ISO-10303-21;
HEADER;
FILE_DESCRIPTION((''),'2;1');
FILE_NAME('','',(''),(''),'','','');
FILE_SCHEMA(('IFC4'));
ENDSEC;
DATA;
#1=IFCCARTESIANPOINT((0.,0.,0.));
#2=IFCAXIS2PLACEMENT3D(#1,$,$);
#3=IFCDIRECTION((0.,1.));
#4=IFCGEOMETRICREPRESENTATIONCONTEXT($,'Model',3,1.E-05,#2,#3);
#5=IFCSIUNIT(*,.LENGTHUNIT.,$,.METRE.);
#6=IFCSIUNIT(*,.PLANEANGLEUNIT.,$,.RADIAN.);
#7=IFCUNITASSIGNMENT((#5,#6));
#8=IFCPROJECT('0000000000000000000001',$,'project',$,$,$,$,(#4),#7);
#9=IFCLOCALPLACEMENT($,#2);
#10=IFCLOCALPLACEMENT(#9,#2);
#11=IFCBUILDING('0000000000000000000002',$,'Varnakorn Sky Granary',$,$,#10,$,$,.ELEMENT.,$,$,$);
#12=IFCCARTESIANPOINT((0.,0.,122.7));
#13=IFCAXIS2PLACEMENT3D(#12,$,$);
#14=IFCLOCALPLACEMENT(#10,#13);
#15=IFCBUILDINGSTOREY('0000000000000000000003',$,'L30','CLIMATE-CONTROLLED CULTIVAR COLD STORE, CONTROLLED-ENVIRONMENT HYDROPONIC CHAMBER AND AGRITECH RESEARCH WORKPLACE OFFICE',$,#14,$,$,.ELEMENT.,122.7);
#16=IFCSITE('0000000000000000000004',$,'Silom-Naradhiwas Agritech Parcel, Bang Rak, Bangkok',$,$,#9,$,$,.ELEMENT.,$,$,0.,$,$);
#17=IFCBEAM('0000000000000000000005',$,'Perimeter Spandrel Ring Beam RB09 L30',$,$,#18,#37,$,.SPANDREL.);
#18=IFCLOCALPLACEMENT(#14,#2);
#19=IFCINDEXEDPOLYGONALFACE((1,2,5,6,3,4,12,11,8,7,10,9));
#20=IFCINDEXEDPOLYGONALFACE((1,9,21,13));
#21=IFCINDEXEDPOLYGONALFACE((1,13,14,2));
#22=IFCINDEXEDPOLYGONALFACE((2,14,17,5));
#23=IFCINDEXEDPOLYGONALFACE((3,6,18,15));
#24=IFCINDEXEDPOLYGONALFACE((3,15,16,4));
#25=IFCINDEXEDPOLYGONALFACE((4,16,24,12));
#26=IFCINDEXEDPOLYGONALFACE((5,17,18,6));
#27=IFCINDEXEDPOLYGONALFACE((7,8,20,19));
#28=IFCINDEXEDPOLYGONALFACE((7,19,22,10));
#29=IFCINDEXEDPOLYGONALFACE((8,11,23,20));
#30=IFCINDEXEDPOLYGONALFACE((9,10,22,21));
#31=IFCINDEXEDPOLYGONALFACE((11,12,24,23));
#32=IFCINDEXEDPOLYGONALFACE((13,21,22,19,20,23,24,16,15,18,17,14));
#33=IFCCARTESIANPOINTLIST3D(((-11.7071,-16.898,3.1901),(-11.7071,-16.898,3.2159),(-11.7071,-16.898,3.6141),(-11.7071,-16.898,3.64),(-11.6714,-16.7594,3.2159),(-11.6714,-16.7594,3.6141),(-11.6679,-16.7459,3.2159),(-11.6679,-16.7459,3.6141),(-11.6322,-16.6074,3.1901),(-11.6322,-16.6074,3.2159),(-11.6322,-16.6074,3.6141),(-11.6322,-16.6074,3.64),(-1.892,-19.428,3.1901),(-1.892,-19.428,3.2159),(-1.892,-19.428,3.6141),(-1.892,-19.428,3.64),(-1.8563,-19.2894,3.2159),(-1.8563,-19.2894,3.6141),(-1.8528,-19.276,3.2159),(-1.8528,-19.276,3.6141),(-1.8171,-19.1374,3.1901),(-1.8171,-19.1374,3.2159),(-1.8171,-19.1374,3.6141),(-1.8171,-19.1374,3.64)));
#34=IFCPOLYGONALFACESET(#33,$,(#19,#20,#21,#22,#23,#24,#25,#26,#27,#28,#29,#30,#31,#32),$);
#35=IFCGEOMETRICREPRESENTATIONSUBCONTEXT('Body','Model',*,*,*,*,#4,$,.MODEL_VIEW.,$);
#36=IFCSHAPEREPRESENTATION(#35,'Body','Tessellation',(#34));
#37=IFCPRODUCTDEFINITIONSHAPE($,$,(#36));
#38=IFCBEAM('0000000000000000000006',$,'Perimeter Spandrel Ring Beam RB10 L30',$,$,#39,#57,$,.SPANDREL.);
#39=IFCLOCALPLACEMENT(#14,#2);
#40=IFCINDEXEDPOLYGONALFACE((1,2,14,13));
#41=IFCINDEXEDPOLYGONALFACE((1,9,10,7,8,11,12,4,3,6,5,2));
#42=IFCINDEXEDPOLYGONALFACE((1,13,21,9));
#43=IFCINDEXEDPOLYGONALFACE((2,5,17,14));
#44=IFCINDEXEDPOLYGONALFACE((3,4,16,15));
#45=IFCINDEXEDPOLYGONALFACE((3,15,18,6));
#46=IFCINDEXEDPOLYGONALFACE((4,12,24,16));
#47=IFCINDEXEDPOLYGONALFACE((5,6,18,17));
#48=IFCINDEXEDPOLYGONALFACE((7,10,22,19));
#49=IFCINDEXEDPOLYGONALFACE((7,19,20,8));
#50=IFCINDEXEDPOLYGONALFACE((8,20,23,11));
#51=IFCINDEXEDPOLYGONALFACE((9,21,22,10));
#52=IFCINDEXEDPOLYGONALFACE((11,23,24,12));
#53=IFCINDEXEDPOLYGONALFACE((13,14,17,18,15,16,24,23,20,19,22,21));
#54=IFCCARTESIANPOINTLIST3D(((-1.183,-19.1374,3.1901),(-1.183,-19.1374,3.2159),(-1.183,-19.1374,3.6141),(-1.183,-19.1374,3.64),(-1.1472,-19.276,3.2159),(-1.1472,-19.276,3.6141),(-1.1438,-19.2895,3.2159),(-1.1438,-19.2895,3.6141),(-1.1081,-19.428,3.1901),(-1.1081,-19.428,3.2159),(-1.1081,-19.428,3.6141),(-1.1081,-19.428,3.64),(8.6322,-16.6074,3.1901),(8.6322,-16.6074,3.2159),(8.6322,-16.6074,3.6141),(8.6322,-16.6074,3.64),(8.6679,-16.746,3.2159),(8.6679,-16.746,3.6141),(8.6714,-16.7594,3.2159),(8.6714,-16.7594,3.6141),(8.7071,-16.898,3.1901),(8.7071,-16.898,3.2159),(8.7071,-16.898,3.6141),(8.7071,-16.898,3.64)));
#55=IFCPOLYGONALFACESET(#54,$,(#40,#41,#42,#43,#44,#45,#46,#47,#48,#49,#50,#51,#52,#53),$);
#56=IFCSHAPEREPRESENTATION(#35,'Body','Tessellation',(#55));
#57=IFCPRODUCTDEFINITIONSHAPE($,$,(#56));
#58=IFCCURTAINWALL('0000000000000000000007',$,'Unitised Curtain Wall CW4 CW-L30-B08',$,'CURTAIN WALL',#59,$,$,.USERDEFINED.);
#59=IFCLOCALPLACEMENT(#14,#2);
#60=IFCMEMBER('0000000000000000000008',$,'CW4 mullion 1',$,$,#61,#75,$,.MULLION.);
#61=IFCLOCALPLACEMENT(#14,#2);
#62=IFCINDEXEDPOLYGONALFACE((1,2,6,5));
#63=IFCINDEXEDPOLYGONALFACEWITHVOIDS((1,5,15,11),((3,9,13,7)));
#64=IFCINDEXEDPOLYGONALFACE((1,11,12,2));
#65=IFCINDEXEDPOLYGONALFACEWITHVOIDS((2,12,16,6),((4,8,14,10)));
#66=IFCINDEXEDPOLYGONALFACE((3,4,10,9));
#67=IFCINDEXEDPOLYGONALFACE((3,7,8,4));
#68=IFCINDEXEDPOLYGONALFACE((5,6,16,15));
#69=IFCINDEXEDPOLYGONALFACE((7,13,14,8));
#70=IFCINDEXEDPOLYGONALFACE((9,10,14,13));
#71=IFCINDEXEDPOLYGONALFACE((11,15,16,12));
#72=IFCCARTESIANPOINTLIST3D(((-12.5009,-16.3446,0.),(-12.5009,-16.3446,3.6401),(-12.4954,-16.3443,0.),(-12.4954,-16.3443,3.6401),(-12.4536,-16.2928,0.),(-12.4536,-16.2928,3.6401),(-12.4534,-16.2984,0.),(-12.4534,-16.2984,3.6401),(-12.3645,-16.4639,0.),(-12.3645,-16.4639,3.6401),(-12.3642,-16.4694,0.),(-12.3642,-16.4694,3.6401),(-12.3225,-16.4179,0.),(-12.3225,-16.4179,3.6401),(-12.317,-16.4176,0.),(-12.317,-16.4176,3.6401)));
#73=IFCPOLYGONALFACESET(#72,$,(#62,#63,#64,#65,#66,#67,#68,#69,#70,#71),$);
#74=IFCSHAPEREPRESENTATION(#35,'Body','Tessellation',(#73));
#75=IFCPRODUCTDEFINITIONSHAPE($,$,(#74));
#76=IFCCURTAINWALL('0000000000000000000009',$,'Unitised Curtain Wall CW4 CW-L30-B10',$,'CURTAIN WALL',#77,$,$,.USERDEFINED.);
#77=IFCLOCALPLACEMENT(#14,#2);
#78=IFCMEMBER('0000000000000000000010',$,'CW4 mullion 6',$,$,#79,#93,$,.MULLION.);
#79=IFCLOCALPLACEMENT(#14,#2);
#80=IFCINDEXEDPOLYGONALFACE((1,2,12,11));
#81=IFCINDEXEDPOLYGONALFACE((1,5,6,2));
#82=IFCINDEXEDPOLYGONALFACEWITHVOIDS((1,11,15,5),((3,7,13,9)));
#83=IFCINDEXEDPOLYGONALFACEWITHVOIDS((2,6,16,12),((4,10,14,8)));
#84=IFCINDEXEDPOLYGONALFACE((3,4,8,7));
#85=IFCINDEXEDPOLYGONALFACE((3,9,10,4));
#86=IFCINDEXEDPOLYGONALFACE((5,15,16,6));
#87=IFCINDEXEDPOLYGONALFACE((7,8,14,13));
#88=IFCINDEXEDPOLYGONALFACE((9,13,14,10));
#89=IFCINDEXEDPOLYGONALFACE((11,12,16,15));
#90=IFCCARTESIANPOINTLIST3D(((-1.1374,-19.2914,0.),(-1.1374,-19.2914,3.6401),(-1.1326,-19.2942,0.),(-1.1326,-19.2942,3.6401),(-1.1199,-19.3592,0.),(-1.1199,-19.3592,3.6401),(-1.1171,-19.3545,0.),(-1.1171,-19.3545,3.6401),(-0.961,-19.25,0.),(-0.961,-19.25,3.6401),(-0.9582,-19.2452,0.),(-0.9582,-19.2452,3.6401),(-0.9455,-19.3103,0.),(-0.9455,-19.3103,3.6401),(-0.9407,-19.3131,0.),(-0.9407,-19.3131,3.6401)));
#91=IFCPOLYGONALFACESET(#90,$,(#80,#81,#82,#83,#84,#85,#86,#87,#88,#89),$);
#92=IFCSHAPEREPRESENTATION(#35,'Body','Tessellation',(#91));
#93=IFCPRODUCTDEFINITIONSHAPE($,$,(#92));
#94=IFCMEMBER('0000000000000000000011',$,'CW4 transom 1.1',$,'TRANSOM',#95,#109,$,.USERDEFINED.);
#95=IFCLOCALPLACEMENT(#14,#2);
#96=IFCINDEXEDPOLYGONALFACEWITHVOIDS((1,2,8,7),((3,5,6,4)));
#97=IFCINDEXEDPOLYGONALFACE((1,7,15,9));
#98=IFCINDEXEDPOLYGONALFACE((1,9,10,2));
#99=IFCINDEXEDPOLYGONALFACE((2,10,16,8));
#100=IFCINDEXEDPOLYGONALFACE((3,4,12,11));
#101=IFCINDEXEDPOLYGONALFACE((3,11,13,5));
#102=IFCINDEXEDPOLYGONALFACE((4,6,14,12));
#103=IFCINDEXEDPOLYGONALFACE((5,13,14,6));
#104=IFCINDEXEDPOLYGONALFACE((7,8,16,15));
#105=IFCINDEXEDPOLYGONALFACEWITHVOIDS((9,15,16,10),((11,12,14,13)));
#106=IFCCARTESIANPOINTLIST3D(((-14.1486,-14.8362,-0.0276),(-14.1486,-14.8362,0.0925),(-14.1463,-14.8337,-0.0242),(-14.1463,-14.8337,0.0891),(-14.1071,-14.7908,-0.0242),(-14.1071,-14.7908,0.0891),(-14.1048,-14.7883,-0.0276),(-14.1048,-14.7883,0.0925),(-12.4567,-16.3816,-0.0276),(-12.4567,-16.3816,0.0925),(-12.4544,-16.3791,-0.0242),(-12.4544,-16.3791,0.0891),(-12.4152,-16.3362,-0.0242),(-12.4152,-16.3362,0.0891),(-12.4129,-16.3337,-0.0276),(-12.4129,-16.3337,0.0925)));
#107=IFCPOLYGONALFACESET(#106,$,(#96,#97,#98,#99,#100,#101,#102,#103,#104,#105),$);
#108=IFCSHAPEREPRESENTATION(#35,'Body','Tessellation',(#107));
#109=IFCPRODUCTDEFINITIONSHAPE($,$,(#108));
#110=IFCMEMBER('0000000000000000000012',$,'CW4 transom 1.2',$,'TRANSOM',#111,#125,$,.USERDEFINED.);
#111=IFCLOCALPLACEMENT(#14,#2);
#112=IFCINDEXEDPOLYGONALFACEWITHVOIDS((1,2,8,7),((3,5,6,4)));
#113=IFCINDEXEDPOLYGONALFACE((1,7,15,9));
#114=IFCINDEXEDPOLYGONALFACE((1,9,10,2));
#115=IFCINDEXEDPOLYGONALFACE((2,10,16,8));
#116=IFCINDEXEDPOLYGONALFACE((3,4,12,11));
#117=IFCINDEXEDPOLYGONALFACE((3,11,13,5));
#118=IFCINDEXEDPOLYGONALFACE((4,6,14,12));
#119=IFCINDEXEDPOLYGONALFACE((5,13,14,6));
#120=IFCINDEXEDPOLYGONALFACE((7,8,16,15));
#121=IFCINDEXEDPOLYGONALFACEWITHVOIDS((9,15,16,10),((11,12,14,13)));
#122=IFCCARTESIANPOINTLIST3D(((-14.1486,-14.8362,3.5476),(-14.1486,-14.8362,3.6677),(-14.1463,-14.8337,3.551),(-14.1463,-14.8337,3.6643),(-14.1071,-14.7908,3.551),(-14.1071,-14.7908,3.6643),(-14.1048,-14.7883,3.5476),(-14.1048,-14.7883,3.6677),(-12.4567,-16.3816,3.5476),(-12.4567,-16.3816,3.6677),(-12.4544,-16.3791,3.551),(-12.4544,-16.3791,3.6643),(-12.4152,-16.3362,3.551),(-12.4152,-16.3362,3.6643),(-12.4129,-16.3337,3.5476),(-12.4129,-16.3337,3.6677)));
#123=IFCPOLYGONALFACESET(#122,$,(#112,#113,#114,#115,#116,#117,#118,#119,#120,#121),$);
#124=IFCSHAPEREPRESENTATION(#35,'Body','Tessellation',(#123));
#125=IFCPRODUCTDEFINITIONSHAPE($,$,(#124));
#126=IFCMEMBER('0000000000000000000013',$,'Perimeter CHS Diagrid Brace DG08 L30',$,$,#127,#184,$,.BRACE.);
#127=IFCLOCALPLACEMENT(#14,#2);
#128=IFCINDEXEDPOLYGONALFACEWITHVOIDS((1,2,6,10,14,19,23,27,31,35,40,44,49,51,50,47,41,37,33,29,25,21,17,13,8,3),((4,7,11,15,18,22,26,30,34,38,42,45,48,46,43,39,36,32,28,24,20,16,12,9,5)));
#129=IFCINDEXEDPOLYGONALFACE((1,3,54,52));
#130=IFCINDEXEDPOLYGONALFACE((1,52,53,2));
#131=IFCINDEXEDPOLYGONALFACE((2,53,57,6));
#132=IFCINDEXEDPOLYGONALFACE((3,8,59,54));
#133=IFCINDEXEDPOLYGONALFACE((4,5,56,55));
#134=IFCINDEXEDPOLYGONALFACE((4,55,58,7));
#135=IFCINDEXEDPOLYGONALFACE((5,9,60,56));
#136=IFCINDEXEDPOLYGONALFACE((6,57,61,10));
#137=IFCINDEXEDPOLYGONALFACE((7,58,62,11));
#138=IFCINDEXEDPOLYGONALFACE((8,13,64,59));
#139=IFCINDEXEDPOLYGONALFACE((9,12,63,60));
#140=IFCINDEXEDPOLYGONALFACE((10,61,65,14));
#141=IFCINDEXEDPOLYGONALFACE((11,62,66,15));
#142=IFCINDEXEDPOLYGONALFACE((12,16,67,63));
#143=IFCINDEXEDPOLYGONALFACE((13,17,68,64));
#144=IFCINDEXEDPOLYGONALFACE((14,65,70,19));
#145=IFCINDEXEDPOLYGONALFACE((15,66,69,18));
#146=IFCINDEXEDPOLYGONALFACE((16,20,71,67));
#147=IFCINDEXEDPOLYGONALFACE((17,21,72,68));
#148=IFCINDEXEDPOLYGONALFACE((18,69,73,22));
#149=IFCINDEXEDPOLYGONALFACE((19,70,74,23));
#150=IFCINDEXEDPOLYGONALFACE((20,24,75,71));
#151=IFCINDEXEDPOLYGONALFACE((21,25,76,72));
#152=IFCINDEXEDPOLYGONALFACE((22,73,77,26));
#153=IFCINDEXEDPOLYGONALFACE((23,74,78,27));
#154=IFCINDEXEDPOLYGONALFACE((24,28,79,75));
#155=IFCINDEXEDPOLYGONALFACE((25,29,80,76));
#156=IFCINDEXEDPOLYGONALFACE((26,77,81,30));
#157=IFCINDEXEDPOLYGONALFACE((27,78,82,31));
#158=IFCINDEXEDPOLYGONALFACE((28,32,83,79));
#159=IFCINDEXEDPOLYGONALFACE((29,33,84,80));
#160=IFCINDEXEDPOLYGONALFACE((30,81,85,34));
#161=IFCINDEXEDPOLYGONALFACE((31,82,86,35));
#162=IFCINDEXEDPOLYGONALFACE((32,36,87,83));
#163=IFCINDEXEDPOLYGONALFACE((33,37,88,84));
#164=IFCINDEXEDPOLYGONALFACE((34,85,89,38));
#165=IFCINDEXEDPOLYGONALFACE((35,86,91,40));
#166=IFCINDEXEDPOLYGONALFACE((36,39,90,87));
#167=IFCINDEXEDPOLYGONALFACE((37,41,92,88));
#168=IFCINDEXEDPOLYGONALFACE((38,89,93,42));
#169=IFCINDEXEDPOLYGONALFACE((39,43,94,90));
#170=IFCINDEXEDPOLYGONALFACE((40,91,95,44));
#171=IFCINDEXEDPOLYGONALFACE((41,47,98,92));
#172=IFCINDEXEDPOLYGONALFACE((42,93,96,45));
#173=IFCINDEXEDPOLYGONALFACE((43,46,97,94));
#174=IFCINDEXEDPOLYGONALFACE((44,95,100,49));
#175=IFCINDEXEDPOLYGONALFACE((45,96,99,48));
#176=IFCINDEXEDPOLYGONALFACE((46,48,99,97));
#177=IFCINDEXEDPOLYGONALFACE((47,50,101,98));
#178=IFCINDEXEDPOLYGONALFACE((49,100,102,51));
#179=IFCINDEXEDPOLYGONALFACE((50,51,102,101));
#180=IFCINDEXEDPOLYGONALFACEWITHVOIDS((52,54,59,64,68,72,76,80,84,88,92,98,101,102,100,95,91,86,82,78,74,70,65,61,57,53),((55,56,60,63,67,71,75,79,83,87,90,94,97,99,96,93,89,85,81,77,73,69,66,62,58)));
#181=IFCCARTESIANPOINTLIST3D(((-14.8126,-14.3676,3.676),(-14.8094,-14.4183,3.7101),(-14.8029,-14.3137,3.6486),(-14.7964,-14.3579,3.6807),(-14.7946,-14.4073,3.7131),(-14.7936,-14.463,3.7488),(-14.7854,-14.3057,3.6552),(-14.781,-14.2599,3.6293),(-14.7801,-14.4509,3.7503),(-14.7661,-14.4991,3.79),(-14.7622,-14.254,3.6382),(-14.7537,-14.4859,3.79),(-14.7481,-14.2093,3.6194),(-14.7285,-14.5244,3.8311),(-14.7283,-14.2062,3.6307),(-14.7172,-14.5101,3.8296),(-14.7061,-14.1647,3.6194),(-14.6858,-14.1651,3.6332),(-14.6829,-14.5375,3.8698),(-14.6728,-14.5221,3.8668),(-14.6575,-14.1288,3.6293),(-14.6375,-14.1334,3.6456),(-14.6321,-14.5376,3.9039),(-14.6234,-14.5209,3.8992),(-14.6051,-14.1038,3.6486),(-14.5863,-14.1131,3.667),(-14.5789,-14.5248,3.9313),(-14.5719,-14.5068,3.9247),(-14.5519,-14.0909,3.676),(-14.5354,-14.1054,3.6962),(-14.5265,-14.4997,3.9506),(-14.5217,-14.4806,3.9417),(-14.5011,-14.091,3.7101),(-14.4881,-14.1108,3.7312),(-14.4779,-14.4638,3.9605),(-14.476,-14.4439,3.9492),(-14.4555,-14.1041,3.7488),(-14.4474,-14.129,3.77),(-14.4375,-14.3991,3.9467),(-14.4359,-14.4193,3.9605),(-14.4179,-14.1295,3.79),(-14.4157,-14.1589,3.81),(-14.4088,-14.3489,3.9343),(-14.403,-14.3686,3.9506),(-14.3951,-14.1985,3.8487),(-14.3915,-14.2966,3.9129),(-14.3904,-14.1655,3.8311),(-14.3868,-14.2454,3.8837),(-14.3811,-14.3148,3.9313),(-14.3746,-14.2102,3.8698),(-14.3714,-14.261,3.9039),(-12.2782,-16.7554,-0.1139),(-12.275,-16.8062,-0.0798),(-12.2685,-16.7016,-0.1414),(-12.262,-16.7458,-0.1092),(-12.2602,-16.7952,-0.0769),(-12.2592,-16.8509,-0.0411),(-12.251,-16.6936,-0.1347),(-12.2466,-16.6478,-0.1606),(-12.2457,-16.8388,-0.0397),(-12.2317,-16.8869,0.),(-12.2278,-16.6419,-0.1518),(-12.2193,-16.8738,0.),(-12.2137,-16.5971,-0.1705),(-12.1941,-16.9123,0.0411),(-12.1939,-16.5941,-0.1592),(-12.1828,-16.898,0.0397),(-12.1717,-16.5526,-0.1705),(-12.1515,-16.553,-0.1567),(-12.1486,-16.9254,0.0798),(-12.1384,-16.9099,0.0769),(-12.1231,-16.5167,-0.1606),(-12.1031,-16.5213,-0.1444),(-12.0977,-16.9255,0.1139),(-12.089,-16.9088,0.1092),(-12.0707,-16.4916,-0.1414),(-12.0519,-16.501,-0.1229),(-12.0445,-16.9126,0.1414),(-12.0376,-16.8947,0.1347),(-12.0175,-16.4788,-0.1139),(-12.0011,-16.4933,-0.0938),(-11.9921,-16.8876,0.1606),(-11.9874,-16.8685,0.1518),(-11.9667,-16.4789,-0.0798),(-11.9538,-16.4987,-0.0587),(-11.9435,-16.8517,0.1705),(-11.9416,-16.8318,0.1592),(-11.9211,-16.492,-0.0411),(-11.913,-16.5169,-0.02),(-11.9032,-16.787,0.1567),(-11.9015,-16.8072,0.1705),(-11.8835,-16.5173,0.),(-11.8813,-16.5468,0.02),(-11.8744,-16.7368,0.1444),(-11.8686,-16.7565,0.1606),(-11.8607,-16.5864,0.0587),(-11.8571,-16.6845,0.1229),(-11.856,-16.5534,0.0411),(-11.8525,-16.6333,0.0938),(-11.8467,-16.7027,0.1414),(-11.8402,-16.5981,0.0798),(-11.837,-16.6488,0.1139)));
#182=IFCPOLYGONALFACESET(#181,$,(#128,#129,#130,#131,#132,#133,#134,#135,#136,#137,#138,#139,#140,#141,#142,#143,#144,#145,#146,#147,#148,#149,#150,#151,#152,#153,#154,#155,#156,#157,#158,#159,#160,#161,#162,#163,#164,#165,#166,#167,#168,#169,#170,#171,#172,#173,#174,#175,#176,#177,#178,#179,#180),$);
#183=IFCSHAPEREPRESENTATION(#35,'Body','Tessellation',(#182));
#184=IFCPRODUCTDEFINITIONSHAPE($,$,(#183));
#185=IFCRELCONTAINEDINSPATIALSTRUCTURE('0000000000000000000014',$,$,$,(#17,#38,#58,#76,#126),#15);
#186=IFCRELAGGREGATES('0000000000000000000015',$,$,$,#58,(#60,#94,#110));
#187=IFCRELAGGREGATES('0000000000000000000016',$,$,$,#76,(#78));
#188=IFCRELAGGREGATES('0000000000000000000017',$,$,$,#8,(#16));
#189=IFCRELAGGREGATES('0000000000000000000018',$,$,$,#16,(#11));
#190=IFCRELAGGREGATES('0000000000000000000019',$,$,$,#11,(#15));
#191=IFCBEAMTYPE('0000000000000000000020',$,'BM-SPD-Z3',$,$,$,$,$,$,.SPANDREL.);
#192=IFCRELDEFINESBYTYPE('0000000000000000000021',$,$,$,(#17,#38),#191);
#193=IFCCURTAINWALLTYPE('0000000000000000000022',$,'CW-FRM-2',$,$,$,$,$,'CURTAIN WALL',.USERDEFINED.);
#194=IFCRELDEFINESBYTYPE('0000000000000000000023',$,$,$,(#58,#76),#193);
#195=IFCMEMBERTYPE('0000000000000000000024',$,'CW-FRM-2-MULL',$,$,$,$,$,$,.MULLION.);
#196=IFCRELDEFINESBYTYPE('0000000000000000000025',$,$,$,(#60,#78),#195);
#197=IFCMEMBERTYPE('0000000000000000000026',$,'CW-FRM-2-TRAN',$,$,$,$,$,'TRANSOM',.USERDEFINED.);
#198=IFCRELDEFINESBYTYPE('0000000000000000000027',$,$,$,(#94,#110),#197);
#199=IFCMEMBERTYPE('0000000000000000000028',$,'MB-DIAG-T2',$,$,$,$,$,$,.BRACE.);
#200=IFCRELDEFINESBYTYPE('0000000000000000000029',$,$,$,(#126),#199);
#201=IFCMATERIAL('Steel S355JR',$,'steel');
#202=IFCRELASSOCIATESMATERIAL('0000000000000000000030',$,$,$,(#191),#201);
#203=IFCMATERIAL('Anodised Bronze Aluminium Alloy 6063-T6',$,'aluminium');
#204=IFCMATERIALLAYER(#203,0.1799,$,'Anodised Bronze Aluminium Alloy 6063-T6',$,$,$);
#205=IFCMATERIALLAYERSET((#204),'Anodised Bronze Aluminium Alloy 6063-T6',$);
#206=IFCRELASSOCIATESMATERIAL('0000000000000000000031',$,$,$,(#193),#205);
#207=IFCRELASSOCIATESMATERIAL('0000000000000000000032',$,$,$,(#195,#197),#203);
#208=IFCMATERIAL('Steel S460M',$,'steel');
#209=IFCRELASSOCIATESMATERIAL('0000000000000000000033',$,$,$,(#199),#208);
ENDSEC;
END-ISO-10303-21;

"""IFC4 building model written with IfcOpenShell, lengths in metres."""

from ifc_helpers import new_model, si_unit, direction, frame, origin, origin_2d, place, context, subcontext, project, spatial, hollow_rectangle, hollow_circle, i_section, extrude, material, layer, layer_set, material_profile, profile_set, type_object, element, aggregate, save


model = new_model("IFC4")

# Units and contexts
model_context = context("Model", 3, precision=1e-05, world=origin(), true_north=direction((0.0, 1.0)))
body_context = subcontext(model_context, "Body", "Model", "MODEL_VIEW")
ifc_project = project(units=[si_unit("LENGTHUNIT", "METRE"), si_unit("PLANEANGLEUNIT", "RADIAN")], contexts=[model_context])

# Site, building, storey
site_placement = place(None, origin())
site = spatial("IfcSite", under=ifc_project, at=site_placement, Name="Silom-Naradhiwas Agritech Parcel, Bang Rak, Bangkok", CompositionType="ELEMENT", RefElevation=0.0)
building_placement = place(site_placement, origin())
building = spatial("IfcBuilding", under=site, at=building_placement, Name="Varnakorn Sky Granary", CompositionType="ELEMENT")
storey_placement = place(building_placement, frame((0.0, 0.0, 122.7)))
storey = spatial("IfcBuildingStorey", under=building, at=storey_placement, Name="L30", Description="CLIMATE-CONTROLLED CULTIVAR COLD STORE, CONTROLLED-ENVIRONMENT HYDROPONIC CHAMBER AND AGRITECH RESEARCH WORKPLACE OFFICE", CompositionType="ELEMENT", Elevation=122.7)

# Shared definitions
ifc_material_1 = material(Name="Steel S460M", Category="steel")

# Beams
ifc_material_2 = material(Name="Steel S355JR", Category="steel")
ifc_material_profile_1 = material_profile(ifc_material_2, i_section(OverallWidth=0.3, OverallDepth=0.45, WebThickness=0.0139, FlangeThickness=0.0259, at=origin_2d()), Name="HE 450 B")
ifc_profile_set_1 = profile_set([ifc_material_profile_1], Name="Steel S355JR")
beam_type_1 = type_object("IfcBeamType", Name="BM-SPD-Z3", PredefinedType="SPANDREL", material=ifc_profile_set_1)
for number, where, z_axis, x_axis, name in (
    (1, (-11.6697, -16.7527, 3.415), (0.968347, -0.249608, 0.0), (0.249608, 0.968347, 0.0), "Perimeter Spandrel Ring Beam RB09 L30"),
    (2, (-1.1455, -19.2827, 3.415), (0.968347, 0.249608, 0.0), (-0.249608, 0.968347, 0.0), "Perimeter Spandrel Ring Beam RB10 L30"),
):
    element("IfcBeam", number, at=place(storey_placement, frame(where, z_axis=z_axis, x_axis=x_axis)), inside=storey, type_object=beam_type_1, Name=name, PredefinedType="SPANDREL", context=body_context, shape_type="SweptSolid", body=[
        extrude(i_section(OverallWidth=0.3, OverallDepth=0.45, WebThickness=0.0139, FlangeThickness=0.0259, at=origin_2d()), origin(), (0.0, 0.0, 1.0), 10.136),
    ])

# Curtain walls, members
ifc_material_3 = material(Name="Anodised Bronze Aluminium Alloy 6063-T6", Category="aluminium")
ifc_layer_1 = layer(ifc_material_3, 0.1799, Name="Anodised Bronze Aluminium Alloy 6063-T6")
ifc_layer_set_1 = layer_set([ifc_layer_1], Name="Anodised Bronze Aluminium Alloy 6063-T6")
curtain_wall_type = type_object("IfcCurtainWallType", Name="CW-FRM-2", ElementType="CURTAIN WALL", PredefinedType="USERDEFINED", material=ifc_layer_set_1)
curtain_wall_1_placement = place(storey_placement, origin())
curtain_wall_1 = element("IfcCurtainWall", 3, at=curtain_wall_1_placement, inside=storey, type_object=curtain_wall_type, Name="Unitised Curtain Wall CW4 CW-L30-B08", ObjectType="CURTAIN WALL", PredefinedType="USERDEFINED")
ifc_material_profile_2 = material_profile(ifc_material_3, hollow_rectangle(XDim=0.0701, YDim=0.1851, WallThickness=0.0039, at=origin_2d()), Name="ALU MULL 70x185")
ifc_profile_set_2 = profile_set([ifc_material_profile_2], Name="Anodised Bronze Aluminium Alloy 6063-T6")
member_type_1 = type_object("IfcMemberType", Name="CW-FRM-2-MULL", PredefinedType="MULLION", material=ifc_profile_set_2)
member_1_placement = place(storey_placement, frame((-12.4089, -16.3811, 0.0), z_axis=(0.0, 0.0, 1.0), x_axis=(-0.674407, -0.738359, 0.0)))
member_1 = element("IfcMember", 4, at=member_1_placement, type_object=member_type_1, Name="CW4 mullion 1", PredefinedType="MULLION", context=body_context, shape_type="SweptSolid", body=[
    extrude(hollow_rectangle(XDim=0.0701, YDim=0.1851, WallThickness=0.0039, at=origin_2d()), origin(), (0.0, 0.0, 1.0), 3.6401),
])
curtain_wall_2_placement = place(storey_placement, origin())
curtain_wall_2 = element("IfcCurtainWall", 5, at=curtain_wall_2_placement, inside=storey, type_object=curtain_wall_type, Name="Unitised Curtain Wall CW4 CW-L30-B10", ObjectType="CURTAIN WALL", PredefinedType="USERDEFINED")
member_2_placement = place(storey_placement, frame((-1.0391, -19.3022, 0.0), z_axis=(0.0, 0.0, 1.0), x_axis=(0.249384, -0.968405, 0.0)))
member_2 = element("IfcMember", 6, at=member_2_placement, type_object=member_type_1, Name="CW4 mullion 6", PredefinedType="MULLION", context=body_context, shape_type="SweptSolid", body=[
    extrude(hollow_rectangle(XDim=0.0701, YDim=0.1851, WallThickness=0.0039, at=origin_2d()), origin(), (0.0, 0.0, 1.0), 3.6401),
])

# Members
ifc_material_profile_3 = material_profile(ifc_material_3, hollow_rectangle(XDim=0.0649, YDim=0.1201, WallThickness=0.0034, at=origin_2d()), Name="ALU TRAN 65x120")
ifc_profile_set_3 = profile_set([ifc_material_profile_3], Name="Anodised Bronze Aluminium Alloy 6063-T6")
member_type_2 = type_object("IfcMemberType", Name="CW-FRM-2-TRAN", ElementType="TRANSOM", PredefinedType="USERDEFINED", material=ifc_profile_set_3)
member_3_placement = place(storey_placement, frame((-12.4348, -16.3577, 0.0325), z_axis=(-0.738347, 0.674421, 0.0), x_axis=(-0.674421, -0.738347, 0.0)))
member_3 = element("IfcMember", 7, at=member_3_placement, type_object=member_type_2, Name="CW4 transom 1.1", ObjectType="TRANSOM", PredefinedType="USERDEFINED", context=body_context, shape_type="SweptSolid", body=[
    extrude(hollow_rectangle(XDim=0.0649, YDim=0.1201, WallThickness=0.0034, at=origin_2d()), origin(), (0.0, 0.0, 1.0), 2.2915),
])
member_4_placement = place(storey_placement, frame((-12.4348, -16.3577, 3.6077), z_axis=(-0.738347, 0.674421, 0.0), x_axis=(-0.674421, -0.738347, 0.0)))
member_4 = element("IfcMember", 8, at=member_4_placement, type_object=member_type_2, Name="CW4 transom 1.2", ObjectType="TRANSOM", PredefinedType="USERDEFINED", context=body_context, shape_type="SweptSolid", body=[
    extrude(hollow_rectangle(XDim=0.0649, YDim=0.1201, WallThickness=0.0034, at=origin_2d()), origin(), (0.0, 0.0, 1.0), 2.2915),
])
aggregate(curtain_wall_1, [member_1, member_3, member_4])

# Member
ifc_material_profile_4 = material_profile(ifc_material_1, hollow_circle(Radius=0.2539, WallThickness=0.0181, at=origin_2d()), Name="CHS 508x18")
ifc_profile_set_4 = profile_set([ifc_material_profile_4], Name="Steel S460M")
member_type_3 = type_object("IfcMemberType", Name="MB-DIAG-T2", PredefinedType="BRACE", material=ifc_profile_set_4)
member_5_placement = place(storey_placement, frame((-12.0576, -16.7021, 0.0), z_axis=(-0.492423, 0.463962, 0.736382), x_axis=(-0.68576, -0.727827, 0.0)))
element("IfcMember", 9, at=member_5_placement, inside=storey, type_object=member_type_3, Name="Perimeter CHS Diagrid Brace DG08 L30", PredefinedType="BRACE", context=body_context, shape_type="SweptSolid", body=[
    extrude(hollow_circle(Radius=0.2539, WallThickness=0.0181, at=origin_2d()), origin(), (0.0, 0.0, 1.0), 5.1467),
])

aggregate(curtain_wall_2, [member_2])

save(model, "model.ifc")
